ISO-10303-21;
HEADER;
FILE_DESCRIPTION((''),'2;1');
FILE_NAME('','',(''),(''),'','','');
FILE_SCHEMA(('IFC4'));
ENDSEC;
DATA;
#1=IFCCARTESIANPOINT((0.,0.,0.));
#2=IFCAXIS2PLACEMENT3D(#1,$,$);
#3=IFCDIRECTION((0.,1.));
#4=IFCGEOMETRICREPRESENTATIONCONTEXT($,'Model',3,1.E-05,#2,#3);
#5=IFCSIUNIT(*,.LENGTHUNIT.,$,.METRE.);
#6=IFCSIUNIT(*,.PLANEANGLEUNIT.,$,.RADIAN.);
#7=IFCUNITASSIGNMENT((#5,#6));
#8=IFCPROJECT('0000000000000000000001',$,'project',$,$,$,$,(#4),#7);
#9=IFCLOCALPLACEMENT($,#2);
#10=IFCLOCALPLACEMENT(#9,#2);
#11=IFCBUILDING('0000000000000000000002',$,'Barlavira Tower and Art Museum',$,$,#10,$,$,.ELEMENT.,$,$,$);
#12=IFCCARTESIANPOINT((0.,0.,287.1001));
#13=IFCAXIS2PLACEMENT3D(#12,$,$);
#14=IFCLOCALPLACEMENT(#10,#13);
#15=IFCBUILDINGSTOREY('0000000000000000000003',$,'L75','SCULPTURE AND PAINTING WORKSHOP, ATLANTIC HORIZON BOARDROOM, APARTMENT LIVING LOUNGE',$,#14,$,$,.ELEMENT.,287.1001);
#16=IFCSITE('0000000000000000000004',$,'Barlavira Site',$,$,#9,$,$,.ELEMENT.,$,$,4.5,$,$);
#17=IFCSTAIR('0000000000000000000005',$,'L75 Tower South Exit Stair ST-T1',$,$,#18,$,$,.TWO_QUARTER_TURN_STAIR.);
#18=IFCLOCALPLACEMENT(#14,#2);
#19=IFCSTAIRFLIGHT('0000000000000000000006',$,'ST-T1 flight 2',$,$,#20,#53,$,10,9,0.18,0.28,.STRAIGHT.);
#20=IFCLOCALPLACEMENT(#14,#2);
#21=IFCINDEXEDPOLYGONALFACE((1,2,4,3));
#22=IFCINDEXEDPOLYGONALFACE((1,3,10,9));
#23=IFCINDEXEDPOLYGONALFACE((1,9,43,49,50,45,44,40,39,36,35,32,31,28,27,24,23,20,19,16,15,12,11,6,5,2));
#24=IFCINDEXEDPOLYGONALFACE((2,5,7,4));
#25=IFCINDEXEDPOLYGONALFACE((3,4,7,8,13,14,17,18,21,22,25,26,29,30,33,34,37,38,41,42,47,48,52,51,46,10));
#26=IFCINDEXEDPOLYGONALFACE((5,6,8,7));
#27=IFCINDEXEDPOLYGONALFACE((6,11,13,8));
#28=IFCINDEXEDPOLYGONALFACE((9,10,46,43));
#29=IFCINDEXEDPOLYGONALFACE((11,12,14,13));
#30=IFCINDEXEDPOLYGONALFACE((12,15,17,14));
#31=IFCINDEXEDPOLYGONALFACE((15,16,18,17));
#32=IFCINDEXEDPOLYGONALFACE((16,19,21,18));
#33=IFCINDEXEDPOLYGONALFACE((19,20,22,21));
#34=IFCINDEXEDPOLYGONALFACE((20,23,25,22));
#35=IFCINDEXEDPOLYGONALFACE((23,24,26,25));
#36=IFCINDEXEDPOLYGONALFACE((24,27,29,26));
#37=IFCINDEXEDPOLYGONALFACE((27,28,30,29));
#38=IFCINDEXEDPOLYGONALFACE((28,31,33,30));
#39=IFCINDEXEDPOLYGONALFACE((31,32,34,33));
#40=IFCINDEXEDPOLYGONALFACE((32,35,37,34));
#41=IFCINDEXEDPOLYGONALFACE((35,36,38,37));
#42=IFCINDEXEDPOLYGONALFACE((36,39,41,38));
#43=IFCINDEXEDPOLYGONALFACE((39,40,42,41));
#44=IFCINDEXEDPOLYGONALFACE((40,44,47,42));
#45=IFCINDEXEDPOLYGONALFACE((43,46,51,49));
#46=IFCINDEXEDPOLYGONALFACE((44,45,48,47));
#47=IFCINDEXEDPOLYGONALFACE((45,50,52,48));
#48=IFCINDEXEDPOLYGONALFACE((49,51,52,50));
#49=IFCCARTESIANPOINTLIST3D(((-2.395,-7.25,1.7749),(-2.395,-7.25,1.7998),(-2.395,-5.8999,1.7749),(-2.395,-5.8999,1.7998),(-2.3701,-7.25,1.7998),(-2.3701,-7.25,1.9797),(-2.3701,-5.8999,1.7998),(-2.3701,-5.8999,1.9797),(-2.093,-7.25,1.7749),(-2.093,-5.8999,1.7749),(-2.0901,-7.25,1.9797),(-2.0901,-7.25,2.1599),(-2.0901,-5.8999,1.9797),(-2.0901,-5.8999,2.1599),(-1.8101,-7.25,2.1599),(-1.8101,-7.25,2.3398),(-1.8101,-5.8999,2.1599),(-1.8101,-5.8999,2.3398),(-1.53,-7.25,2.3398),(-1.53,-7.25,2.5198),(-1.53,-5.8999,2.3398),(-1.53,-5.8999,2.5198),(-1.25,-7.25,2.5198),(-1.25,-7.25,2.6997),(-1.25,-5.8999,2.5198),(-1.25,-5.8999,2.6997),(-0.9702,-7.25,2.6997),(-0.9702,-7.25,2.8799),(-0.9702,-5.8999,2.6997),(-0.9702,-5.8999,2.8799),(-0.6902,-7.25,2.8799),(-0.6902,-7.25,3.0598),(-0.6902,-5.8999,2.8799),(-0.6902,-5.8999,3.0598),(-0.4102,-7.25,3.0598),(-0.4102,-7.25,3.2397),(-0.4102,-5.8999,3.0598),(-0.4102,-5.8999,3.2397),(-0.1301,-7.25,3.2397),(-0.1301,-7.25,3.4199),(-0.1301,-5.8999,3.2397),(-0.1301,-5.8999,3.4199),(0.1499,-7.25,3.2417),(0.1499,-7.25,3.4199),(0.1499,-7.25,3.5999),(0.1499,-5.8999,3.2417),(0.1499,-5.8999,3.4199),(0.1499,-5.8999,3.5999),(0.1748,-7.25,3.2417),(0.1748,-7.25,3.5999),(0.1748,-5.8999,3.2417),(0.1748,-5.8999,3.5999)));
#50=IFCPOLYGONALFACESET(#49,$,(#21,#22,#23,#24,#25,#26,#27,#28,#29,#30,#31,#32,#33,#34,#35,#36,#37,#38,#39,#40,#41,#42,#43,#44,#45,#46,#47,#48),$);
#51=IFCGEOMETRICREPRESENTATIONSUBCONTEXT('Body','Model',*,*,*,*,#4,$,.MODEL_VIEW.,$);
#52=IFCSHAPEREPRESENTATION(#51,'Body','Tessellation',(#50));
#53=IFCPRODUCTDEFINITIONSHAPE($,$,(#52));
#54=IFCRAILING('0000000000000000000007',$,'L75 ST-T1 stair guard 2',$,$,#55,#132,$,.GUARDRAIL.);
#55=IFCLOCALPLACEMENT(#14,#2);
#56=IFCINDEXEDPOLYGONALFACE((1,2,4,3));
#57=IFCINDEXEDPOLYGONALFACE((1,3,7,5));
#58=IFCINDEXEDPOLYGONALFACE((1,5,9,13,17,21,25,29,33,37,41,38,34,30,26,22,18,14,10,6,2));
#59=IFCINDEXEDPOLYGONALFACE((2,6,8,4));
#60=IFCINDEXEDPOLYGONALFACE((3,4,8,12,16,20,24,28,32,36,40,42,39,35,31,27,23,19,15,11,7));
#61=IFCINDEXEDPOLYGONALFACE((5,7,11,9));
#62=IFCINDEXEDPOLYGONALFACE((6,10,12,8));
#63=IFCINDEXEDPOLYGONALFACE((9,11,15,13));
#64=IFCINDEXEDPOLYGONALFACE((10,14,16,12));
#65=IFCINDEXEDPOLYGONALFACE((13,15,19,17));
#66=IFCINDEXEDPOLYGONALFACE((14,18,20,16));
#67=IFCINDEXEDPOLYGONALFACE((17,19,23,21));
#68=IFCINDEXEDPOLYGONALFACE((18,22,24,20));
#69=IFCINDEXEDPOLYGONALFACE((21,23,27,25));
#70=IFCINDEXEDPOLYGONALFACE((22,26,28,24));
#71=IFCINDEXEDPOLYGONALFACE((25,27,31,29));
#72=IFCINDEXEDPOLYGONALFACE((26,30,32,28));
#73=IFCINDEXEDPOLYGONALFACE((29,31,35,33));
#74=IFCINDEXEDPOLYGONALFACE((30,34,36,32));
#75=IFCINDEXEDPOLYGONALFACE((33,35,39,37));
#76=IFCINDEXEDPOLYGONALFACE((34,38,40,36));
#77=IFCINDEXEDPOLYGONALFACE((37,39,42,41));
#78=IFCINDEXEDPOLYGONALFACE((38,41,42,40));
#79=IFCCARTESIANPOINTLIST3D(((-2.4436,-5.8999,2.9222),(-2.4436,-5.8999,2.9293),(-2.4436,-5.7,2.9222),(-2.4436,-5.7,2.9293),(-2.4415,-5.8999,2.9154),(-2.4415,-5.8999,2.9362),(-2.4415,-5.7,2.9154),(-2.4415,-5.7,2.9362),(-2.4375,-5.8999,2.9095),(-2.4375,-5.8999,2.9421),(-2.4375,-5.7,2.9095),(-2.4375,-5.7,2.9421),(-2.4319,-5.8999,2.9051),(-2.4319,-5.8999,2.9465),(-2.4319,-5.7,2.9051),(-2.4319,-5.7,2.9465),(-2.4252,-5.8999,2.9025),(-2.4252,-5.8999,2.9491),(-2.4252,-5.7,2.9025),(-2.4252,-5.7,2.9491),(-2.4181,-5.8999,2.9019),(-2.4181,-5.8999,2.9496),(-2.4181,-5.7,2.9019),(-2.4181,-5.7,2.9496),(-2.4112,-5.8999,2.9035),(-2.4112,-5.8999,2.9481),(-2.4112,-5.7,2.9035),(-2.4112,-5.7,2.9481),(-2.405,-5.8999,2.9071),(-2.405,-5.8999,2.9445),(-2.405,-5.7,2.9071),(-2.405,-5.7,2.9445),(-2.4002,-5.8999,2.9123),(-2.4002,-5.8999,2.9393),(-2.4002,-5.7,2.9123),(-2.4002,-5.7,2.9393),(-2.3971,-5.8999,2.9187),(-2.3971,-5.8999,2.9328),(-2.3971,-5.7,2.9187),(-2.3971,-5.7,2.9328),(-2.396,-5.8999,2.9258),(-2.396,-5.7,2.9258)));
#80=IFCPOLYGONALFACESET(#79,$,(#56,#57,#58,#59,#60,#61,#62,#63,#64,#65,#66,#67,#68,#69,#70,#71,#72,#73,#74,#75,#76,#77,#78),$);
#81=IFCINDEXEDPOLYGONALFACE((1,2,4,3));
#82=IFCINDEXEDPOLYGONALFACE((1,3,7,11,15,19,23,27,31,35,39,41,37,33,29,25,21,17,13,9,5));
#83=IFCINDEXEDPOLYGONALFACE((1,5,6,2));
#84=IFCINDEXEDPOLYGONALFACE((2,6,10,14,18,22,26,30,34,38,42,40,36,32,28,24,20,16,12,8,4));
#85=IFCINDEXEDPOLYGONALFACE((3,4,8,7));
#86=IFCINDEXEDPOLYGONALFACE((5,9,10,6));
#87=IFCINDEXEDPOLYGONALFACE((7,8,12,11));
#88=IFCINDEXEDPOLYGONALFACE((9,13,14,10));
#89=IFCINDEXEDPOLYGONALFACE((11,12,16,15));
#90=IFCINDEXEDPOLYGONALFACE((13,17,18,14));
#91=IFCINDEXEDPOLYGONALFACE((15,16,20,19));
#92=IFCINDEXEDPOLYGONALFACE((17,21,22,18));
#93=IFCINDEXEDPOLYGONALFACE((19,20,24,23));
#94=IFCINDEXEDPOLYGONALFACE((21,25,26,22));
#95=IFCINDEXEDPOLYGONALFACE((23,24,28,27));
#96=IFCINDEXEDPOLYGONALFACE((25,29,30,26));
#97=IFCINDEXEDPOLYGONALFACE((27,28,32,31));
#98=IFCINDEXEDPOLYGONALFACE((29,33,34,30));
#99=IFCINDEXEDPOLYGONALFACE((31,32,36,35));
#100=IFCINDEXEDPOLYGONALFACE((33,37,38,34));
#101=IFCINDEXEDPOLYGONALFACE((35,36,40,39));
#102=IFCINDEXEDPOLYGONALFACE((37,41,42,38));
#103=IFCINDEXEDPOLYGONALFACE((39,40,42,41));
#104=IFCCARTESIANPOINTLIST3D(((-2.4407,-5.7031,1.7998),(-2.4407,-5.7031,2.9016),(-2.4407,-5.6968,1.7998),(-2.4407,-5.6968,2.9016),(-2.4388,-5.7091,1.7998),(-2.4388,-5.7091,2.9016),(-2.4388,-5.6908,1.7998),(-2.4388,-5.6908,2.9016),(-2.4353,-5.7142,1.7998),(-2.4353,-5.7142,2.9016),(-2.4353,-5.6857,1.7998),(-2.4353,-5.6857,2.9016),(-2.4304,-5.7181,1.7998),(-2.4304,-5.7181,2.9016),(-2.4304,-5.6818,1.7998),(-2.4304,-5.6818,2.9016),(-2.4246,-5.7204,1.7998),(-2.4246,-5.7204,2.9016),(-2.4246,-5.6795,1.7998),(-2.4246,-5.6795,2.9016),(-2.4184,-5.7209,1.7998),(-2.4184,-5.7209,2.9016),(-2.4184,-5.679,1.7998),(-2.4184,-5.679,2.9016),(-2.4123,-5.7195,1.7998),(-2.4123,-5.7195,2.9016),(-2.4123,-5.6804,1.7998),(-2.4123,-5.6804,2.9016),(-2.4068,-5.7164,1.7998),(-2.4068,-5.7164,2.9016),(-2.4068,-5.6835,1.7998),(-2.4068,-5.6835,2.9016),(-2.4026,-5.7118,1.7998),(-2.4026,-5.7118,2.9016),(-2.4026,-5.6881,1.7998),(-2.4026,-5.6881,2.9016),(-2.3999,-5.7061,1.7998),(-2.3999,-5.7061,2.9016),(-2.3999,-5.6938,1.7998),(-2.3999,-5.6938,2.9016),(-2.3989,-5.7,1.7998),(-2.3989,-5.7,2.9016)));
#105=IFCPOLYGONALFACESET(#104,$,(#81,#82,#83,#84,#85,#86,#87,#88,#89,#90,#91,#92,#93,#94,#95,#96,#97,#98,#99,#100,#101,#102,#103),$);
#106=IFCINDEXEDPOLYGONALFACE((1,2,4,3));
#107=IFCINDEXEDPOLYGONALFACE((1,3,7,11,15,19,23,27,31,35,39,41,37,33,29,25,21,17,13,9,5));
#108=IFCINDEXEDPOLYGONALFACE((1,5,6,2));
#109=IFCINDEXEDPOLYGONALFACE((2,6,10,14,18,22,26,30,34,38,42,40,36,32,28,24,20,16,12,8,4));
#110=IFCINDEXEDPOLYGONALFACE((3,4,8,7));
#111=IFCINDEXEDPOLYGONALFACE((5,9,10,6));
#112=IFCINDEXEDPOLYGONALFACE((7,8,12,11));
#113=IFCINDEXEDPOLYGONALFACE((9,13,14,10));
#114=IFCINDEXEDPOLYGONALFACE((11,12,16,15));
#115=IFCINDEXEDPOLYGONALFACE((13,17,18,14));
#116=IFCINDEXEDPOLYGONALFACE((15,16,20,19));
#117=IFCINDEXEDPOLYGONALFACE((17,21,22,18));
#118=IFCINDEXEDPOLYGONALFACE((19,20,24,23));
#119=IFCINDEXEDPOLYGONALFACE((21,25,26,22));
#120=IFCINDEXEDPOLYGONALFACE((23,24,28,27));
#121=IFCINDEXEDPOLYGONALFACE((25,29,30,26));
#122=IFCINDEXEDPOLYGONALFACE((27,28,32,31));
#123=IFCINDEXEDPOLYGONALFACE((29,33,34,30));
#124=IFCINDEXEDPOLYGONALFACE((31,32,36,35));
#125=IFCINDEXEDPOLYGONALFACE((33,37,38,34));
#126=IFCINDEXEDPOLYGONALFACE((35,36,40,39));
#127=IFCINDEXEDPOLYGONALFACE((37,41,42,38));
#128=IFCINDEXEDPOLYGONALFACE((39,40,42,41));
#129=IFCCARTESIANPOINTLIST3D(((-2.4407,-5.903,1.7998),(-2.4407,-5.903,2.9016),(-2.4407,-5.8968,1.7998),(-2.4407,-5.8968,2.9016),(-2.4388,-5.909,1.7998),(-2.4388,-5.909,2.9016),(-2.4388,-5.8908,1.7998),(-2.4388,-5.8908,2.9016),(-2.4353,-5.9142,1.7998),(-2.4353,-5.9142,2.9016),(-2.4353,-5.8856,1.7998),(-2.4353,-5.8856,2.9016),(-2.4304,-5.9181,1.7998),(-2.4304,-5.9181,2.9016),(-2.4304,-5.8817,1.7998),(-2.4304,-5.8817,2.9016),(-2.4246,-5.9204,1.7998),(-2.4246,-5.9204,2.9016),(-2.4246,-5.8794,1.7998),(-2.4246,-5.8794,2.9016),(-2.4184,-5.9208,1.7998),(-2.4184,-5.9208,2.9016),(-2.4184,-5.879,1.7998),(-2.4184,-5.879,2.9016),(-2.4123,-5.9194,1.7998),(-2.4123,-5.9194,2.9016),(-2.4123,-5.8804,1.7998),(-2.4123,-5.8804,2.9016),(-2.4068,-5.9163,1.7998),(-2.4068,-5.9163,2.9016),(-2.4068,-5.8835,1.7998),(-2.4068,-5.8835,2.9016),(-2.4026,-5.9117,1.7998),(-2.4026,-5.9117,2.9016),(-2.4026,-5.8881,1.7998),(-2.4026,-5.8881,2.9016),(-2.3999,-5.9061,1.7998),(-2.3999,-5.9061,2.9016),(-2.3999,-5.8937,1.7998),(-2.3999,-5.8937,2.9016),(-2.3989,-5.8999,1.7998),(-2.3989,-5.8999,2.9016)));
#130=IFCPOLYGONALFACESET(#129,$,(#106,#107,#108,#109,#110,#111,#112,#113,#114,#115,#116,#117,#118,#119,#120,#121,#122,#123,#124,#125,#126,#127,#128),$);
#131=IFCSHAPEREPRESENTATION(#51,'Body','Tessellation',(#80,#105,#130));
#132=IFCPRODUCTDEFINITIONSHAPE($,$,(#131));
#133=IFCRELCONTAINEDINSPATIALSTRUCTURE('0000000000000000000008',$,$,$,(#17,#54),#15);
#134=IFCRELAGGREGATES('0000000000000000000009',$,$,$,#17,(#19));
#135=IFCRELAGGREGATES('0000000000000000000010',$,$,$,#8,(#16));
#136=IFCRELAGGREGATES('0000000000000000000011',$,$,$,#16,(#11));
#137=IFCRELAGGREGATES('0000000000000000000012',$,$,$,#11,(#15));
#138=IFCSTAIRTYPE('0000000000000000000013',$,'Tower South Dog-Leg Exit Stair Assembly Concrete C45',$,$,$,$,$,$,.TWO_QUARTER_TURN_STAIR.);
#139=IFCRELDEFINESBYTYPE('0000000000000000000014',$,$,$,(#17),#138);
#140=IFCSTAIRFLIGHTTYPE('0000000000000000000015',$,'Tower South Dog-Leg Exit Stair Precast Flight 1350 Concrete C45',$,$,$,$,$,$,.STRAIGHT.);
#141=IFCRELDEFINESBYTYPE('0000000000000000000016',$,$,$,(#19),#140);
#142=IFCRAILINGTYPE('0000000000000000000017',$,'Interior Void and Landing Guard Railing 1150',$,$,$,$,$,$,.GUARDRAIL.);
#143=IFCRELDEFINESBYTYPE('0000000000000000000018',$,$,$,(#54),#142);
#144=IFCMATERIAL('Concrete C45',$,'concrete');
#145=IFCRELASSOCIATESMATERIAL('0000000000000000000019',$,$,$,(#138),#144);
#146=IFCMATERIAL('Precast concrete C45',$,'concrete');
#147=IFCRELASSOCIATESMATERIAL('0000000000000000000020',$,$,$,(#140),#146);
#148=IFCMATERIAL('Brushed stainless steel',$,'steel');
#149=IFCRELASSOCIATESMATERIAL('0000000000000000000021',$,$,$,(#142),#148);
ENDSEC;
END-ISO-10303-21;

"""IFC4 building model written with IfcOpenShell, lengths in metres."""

from ifc_helpers import new_model, si_unit, direction, frame, origin, origin_2d, place, context, subcontext, project, spatial, polyline, circle, outline, extrude, material, type_object, element, aggregate, save


model = new_model("IFC4")

# Units and contexts
model_context = context("Model", 3, precision=1e-05, world=origin(), true_north=direction((0.0, 1.0)))
body_context = subcontext(model_context, "Body", "Model", "MODEL_VIEW")
ifc_project = project(units=[si_unit("LENGTHUNIT", "METRE"), si_unit("PLANEANGLEUNIT", "RADIAN")], contexts=[model_context])

# Site, building, storey
site_placement = place(None, origin())
site = spatial("IfcSite", under=ifc_project, at=site_placement, Name="Barlavira Site", CompositionType="ELEMENT", RefElevation=4.5)
building_placement = place(site_placement, origin())
building = spatial("IfcBuilding", under=site, at=building_placement, Name="Barlavira Tower and Art Museum", CompositionType="ELEMENT")
storey_placement = place(building_placement, frame((0.0, 0.0, 287.1001)))
storey = spatial("IfcBuildingStorey", under=building, at=storey_placement, Name="L75", Description="SCULPTURE AND PAINTING WORKSHOP, ATLANTIC HORIZON BOARDROOM, APARTMENT LIVING LOUNGE", CompositionType="ELEMENT", Elevation=287.1001)

# Shared definitions
ifc_material_1 = material(Name="Brushed stainless steel", Category="steel")

# Stair, stair flight
ifc_material_2 = material(Name="Concrete C45", Category="concrete")
stair_type = type_object("IfcStairType", Name="Tower South Dog-Leg Exit Stair Assembly Concrete C45", PredefinedType="TWO_QUARTER_TURN_STAIR", material=ifc_material_2)
stair_placement = place(storey_placement, origin())
stair = element("IfcStair", 1, at=stair_placement, inside=storey, type_object=stair_type, Name="L75 Tower South Exit Stair ST-T1", PredefinedType="TWO_QUARTER_TURN_STAIR")
ifc_material_3 = material(Name="Precast concrete C45", Category="concrete")
stair_flight_type = type_object("IfcStairFlightType", Name="Tower South Dog-Leg Exit Stair Precast Flight 1350 Concrete C45", PredefinedType="STRAIGHT", material=ifc_material_3)
stair_flight_placement = place(storey_placement, frame((-2.3701, -6.575, 1.7998), z_axis=(0.0, 0.0, 1.0), x_axis=(1.0, 0.0, 0.0)))
stair_flight = element("IfcStairFlight", 2, at=stair_flight_placement, type_object=stair_flight_type, Name="ST-T1 flight 2", NumberOfRisers=10, NumberOfTreads=9, PredefinedType="STRAIGHT", RiserHeight=0.18, TreadLength=0.28, context=body_context, shape_type="SweptSolid", body=[
    extrude(outline(polyline([(-0.0249, 0.0), (0.0, 0.0), (0.0, 0.1799), (0.28, 0.1799), (0.28, 0.3601), (0.5601, 0.3601), (0.5601, 0.54), (0.8401, 0.54), (0.8401, 0.72), (1.1201, 0.72), (1.1201, 0.8999), (1.3999, 0.8999), (1.3999, 1.0801), (1.6799, 1.0801), (1.6799, 1.26), (1.96, 1.26), (1.96, 1.4399), (2.24, 1.4399), (2.24, 1.6201), (2.52, 1.6201), (2.52, 1.8), (2.5449, 1.8), (2.5449, 1.4419), (2.52, 1.4419), (0.2771, -0.0249), (-0.0249, -0.0249), (-0.0249, 0.0)])), frame((0.0, 0.675, 0.0), z_axis=(0.0, -1.0, 0.0), x_axis=(1.0, 0.0, 0.0)), (0.0, 0.0, 1.0), 1.3501),
])
aggregate(stair, [stair_flight])

# Railing
railing_type_1 = type_object("IfcRailingType", Name="Interior Void and Landing Guard Railing 1150", PredefinedType="GUARDRAIL", material=ifc_material_1)
railing_1_placement = place(storey_placement, frame((-2.4199, -5.7, 1.7998)))
element("IfcRailing", 3, at=railing_1_placement, inside=storey, type_object=railing_type_1, Name="L75 ST-T1 stair guard 2", PredefinedType="GUARDRAIL", context=body_context, shape_type="SweptSolid", body=[
    extrude(circle(Radius=0.0239, at=origin_2d()), frame((0.0, 0.0, 1.126), z_axis=(0.0, -1.0, 0.0), x_axis=(1.0, 0.0, 0.0)), (0.0, 0.0, 1.0), 0.2),
    extrude(circle(Radius=0.021, at=origin_2d()), origin(), (0.0, 0.0, 1.0), 1.1018),
    extrude(circle(Radius=0.021, at=origin_2d()), frame((0.0, -0.2, 0.0)), (0.0, 0.0, 1.0), 1.1018),
])

save(model, "model.ifc")
